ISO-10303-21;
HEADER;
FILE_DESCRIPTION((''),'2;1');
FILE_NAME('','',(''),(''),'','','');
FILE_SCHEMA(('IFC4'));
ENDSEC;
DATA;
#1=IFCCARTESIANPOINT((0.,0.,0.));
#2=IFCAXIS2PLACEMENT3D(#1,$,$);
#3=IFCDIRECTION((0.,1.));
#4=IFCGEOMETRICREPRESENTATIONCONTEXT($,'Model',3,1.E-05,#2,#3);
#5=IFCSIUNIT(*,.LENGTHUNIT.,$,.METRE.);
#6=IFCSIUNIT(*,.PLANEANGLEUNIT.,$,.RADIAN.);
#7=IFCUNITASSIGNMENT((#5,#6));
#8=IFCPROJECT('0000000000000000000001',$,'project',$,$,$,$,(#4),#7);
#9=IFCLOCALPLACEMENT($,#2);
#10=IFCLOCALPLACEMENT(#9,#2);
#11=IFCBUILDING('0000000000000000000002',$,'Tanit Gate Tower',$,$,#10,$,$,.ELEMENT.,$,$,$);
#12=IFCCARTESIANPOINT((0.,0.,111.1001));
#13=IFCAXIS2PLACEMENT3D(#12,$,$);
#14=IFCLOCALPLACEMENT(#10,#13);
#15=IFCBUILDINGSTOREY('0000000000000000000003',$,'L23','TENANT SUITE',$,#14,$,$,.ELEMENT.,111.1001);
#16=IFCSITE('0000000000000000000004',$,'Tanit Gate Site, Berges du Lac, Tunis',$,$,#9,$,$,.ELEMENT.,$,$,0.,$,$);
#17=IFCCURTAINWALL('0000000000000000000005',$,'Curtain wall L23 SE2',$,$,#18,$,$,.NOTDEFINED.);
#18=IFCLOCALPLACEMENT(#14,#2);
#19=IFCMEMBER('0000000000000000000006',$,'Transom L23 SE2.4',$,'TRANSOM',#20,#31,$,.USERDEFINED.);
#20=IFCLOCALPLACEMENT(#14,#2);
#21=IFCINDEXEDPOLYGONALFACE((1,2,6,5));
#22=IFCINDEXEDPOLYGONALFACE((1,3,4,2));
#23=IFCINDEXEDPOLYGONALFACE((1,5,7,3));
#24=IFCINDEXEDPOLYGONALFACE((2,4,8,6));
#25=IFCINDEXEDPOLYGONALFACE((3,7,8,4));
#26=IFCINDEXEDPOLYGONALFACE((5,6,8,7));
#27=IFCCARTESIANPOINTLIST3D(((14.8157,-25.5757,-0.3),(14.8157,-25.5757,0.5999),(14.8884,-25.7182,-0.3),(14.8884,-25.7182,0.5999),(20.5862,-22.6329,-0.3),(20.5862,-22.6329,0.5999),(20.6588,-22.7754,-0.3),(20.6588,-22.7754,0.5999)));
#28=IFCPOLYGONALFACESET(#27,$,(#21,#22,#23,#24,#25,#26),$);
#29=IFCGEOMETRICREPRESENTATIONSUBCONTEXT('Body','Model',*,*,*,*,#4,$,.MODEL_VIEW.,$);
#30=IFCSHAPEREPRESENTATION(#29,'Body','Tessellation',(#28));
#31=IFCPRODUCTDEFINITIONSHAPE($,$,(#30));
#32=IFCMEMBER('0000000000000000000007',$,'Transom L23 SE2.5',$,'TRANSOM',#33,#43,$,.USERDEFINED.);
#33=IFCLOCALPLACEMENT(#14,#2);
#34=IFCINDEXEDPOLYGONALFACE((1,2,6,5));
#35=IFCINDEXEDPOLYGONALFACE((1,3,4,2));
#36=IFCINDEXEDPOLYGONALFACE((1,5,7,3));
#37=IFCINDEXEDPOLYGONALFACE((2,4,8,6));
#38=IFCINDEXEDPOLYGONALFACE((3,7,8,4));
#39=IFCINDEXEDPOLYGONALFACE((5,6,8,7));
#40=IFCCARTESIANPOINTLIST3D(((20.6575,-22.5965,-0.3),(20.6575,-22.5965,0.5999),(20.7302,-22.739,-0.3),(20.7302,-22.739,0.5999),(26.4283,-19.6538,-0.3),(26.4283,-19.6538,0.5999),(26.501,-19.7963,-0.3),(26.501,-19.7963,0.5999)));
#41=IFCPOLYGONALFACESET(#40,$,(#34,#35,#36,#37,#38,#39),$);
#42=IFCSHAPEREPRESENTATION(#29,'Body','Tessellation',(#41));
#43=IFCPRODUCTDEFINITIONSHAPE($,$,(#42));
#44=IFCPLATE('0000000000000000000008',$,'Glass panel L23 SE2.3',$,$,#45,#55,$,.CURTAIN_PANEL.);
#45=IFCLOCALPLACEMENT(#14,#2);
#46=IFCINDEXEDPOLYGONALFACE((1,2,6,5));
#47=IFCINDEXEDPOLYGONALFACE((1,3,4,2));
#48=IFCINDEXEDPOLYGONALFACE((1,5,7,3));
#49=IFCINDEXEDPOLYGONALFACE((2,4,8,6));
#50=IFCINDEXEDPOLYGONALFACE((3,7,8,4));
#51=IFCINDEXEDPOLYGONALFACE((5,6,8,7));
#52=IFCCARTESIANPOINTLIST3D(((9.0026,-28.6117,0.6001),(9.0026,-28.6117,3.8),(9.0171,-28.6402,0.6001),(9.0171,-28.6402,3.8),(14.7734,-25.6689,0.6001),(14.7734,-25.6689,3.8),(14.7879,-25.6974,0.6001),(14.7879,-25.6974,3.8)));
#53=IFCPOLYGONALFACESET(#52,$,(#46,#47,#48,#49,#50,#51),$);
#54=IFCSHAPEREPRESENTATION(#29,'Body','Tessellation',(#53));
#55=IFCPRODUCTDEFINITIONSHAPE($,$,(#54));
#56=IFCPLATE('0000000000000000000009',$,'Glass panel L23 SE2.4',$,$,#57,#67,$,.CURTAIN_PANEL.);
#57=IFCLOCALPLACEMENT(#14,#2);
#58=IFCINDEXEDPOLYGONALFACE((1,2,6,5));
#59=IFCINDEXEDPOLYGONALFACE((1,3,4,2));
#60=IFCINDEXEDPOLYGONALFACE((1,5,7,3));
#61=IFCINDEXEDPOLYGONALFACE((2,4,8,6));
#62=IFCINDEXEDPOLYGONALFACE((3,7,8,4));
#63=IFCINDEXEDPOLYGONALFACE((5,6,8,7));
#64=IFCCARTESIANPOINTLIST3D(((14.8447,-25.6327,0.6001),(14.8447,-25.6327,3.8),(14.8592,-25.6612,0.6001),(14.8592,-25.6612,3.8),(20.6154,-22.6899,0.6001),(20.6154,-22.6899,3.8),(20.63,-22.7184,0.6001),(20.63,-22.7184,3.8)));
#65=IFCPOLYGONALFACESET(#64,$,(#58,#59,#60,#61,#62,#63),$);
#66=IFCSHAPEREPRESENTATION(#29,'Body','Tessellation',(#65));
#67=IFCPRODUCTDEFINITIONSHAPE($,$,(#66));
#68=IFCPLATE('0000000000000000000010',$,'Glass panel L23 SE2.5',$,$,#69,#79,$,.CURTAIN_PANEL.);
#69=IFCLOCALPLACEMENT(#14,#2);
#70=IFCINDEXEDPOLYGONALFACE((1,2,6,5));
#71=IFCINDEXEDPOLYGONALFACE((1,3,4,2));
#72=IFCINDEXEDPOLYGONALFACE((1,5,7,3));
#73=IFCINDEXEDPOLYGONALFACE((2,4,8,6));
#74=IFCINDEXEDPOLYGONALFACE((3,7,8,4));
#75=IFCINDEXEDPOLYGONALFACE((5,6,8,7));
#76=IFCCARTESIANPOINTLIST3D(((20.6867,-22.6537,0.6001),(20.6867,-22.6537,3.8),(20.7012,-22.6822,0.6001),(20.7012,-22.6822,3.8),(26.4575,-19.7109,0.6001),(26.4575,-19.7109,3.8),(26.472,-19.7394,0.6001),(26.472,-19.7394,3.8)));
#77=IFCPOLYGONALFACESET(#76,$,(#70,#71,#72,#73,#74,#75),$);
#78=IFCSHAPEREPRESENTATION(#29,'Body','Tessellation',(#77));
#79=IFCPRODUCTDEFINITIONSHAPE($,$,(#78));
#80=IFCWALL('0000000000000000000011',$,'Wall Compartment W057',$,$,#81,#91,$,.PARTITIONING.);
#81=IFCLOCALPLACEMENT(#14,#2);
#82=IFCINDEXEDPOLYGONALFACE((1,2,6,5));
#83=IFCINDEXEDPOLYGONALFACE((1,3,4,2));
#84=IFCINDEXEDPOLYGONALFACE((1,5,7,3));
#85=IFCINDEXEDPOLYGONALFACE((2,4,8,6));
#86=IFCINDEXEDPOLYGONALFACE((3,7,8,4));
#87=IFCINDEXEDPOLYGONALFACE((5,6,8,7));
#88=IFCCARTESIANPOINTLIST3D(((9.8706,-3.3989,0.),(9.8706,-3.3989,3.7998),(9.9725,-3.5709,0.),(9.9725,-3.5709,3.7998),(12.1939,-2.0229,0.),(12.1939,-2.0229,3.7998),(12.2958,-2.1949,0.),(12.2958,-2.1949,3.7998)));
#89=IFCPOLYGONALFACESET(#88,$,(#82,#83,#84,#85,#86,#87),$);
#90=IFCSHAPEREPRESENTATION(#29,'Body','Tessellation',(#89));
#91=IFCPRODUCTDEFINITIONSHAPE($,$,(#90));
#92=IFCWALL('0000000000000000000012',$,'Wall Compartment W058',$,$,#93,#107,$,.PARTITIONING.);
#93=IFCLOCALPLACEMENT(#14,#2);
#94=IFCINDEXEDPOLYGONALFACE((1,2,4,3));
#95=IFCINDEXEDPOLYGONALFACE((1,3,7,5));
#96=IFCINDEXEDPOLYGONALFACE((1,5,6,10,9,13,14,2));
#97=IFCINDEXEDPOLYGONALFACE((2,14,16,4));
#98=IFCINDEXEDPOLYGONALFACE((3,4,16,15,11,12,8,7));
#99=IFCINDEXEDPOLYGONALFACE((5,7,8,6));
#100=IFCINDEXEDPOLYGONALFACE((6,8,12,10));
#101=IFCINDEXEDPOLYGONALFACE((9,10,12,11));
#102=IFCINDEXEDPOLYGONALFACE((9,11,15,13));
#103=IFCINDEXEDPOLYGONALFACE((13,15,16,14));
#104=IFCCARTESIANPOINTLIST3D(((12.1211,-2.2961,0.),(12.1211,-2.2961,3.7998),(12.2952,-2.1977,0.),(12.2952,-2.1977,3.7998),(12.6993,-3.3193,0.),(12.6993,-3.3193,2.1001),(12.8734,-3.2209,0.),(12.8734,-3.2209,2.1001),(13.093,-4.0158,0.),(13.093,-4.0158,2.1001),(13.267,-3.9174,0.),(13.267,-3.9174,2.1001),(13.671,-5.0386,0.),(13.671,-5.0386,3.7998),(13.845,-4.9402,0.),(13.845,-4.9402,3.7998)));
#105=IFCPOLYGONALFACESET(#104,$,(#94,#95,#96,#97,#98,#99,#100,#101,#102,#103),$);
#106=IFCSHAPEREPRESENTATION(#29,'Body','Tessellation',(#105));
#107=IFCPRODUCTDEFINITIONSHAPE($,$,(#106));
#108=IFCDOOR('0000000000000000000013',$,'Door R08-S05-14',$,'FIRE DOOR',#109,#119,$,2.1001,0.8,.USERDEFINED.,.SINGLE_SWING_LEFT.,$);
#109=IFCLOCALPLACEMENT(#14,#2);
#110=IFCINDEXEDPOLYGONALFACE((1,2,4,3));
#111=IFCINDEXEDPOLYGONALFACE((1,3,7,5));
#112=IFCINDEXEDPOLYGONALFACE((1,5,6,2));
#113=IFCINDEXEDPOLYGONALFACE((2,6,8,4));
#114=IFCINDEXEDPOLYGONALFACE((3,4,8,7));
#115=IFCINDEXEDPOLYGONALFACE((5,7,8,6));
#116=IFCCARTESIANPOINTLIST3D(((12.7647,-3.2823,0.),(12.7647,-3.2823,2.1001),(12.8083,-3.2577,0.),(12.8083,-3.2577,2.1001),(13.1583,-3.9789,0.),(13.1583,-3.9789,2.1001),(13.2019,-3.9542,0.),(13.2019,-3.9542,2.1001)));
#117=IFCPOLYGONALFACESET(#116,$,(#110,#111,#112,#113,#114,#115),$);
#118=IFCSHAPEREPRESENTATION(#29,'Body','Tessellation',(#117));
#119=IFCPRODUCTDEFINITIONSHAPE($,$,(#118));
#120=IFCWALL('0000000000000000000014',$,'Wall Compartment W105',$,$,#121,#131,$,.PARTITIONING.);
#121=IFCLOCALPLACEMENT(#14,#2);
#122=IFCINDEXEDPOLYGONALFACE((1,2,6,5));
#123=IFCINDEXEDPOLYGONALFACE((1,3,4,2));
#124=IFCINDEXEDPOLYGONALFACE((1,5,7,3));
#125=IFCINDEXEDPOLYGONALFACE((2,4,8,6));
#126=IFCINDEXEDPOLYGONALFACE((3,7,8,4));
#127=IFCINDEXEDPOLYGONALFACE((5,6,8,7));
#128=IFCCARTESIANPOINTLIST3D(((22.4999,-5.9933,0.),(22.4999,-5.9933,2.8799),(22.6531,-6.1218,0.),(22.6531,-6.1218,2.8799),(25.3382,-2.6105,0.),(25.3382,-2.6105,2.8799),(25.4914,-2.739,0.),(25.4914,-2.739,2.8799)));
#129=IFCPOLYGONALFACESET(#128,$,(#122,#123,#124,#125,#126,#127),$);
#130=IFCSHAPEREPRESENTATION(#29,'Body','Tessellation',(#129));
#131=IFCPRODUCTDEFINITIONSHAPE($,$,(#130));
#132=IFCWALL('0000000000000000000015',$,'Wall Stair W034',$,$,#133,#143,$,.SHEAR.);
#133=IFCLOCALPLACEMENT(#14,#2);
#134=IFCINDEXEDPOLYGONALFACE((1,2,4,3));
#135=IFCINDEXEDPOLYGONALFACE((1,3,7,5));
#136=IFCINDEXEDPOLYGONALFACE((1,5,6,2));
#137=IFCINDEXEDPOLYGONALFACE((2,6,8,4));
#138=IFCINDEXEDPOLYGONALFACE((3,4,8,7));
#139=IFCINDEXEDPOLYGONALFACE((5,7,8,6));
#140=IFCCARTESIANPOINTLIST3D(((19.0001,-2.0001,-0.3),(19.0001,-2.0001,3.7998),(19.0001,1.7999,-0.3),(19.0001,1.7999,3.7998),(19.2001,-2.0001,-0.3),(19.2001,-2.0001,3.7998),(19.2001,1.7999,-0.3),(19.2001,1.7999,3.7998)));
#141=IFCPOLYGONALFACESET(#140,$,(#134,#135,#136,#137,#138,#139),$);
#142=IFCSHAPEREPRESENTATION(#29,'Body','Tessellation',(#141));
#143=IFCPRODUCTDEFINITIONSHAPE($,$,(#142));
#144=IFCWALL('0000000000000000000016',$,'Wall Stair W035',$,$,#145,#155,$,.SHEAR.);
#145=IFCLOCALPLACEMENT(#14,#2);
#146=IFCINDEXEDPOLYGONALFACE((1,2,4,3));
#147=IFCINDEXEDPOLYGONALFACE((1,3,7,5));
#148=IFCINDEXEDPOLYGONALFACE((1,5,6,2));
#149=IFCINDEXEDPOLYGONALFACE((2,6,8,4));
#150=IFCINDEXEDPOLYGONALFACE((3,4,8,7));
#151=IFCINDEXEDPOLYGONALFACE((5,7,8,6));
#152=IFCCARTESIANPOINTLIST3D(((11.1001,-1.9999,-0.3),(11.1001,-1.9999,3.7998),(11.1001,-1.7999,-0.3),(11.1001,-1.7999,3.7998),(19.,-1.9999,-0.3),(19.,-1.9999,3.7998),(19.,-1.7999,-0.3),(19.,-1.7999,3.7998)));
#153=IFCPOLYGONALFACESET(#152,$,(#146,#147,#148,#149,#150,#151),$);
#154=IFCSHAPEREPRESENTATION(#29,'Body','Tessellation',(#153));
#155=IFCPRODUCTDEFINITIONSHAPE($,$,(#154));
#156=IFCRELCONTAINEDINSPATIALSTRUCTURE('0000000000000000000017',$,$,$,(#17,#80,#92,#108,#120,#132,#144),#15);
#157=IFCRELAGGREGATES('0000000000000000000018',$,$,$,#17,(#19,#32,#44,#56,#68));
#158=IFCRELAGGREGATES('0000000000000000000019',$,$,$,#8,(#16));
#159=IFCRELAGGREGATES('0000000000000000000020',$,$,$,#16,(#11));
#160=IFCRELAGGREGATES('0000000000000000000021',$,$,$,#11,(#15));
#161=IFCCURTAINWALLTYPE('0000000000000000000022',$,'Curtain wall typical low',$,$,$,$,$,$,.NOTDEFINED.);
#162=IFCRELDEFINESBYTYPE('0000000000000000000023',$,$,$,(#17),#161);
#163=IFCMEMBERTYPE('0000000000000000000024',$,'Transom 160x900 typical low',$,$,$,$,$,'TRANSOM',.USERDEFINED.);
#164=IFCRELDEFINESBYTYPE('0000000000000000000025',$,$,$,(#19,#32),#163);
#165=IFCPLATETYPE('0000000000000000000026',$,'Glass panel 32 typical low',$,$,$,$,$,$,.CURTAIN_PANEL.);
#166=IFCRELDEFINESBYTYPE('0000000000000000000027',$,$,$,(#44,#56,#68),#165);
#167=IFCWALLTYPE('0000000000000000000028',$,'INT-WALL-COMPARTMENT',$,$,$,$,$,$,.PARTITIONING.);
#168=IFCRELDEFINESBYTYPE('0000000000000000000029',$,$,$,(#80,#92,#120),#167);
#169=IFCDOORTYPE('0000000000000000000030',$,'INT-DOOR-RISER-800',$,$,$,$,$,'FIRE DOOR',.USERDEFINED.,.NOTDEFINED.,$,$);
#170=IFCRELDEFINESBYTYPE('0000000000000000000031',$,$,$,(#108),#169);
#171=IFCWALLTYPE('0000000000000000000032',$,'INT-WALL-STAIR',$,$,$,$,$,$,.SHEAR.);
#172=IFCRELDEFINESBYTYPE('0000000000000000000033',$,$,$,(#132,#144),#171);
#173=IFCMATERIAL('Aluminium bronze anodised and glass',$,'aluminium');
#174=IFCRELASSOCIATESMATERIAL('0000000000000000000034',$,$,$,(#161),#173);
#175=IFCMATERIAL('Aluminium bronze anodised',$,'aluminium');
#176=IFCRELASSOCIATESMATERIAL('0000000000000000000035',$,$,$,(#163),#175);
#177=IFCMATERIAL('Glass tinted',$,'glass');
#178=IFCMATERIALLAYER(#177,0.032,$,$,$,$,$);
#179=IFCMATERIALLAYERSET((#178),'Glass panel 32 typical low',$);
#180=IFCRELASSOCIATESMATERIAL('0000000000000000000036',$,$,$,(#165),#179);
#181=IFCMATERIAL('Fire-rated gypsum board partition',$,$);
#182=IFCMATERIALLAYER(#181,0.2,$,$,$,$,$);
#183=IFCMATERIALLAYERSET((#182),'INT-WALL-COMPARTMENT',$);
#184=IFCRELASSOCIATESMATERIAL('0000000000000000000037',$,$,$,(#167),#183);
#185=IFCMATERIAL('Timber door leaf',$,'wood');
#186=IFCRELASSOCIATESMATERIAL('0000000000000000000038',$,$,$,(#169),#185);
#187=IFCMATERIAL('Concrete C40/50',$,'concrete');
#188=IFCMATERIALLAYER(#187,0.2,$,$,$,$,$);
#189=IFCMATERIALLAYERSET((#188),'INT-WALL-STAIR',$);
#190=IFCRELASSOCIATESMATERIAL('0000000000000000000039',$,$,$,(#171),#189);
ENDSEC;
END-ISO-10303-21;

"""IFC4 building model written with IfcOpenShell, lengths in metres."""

from ifc_helpers import new_model, si_unit, direction, frame, frame_2d, origin, origin_2d, place, context, subcontext, project, spatial, rectangle, extrude, material, layer, layer_set, material_profile, profile_set, type_object, element, fill, aggregate, save


model = new_model("IFC4")

# Units and contexts
model_context = context("Model", 3, precision=1e-05, world=origin(), true_north=direction((0.0, 1.0)))
body_context = subcontext(model_context, "Body", "Model", "MODEL_VIEW")
ifc_project = project(units=[si_unit("LENGTHUNIT", "METRE"), si_unit("PLANEANGLEUNIT", "RADIAN")], contexts=[model_context])

# Site, building, storey
site_placement = place(None, origin())
site = spatial("IfcSite", under=ifc_project, at=site_placement, Name="Tanit Gate Site, Berges du Lac, Tunis", CompositionType="ELEMENT", RefElevation=0.0)
building_placement = place(site_placement, origin())
building = spatial("IfcBuilding", under=site, at=building_placement, Name="Tanit Gate Tower", CompositionType="ELEMENT")
storey_placement = place(building_placement, frame((0.0, 0.0, 111.1001)))
storey = spatial("IfcBuildingStorey", under=building, at=storey_placement, Name="L23", Description="TENANT SUITE", CompositionType="ELEMENT", Elevation=111.1001)

# Curtain wall
ifc_material_1 = material(Name="Aluminium bronze anodised and glass", Category="aluminium")
curtain_wall_type = type_object("IfcCurtainWallType", Name="Curtain wall typical low", PredefinedType="NOTDEFINED", material=ifc_material_1)
curtain_wall_placement = place(storey_placement, origin())
curtain_wall = element("IfcCurtainWall", 1, at=curtain_wall_placement, inside=storey, type_object=curtain_wall_type, Name="Curtain wall L23 SE2", PredefinedType="NOTDEFINED")

# Members
ifc_material_2 = material(Name="Aluminium bronze anodised", Category="aluminium")
ifc_material_profile_1 = material_profile(ifc_material_2, rectangle(XDim=0.1599, YDim=0.8999, at=origin_2d()), Name="160x900 bronze transom")
ifc_profile_set_1 = profile_set([ifc_material_profile_1], Name="Aluminium bronze anodised")
member_type_1 = type_object("IfcMemberType", Name="Transom 160x900 typical low", ElementType="TRANSOM", PredefinedType="USERDEFINED", material=ifc_profile_set_1)
member_1_placement = place(storey_placement, frame((14.8521, -25.647, 0.1499), z_axis=(0.890841, 0.454315, 0.0), x_axis=(-0.454315, 0.890841, 0.0)))
member_1 = element("IfcMember", 2, at=member_1_placement, type_object=member_type_1, Name="Transom L23 SE2.4", ObjectType="TRANSOM", PredefinedType="USERDEFINED", context=body_context, shape_type="SweptSolid", body=[
    extrude(rectangle(XDim=0.1599, YDim=0.8999, at=origin_2d()), origin(), (0.0, 0.0, 1.0), 6.4775),
])
member_2_placement = place(storey_placement, frame((20.6938, -22.6677, 0.1499), z_axis=(0.890864, 0.45427, 0.0), x_axis=(-0.45427, 0.890864, 0.0)))
member_2 = element("IfcMember", 3, at=member_2_placement, type_object=member_type_1, Name="Transom L23 SE2.5", ObjectType="TRANSOM", PredefinedType="USERDEFINED", context=body_context, shape_type="SweptSolid", body=[
    extrude(rectangle(XDim=0.1599, YDim=0.8999, at=origin_2d()), origin(), (0.0, 0.0, 1.0), 6.4778),
])

# Plates
ifc_material_3 = material(Name="Glass tinted", Category="glass")
ifc_layer_1 = layer(ifc_material_3, 0.032)
ifc_layer_set_1 = layer_set([ifc_layer_1], Name="Glass panel 32 typical low")
plate_type = type_object("IfcPlateType", Name="Glass panel 32 typical low", PredefinedType="CURTAIN_PANEL", material=ifc_layer_set_1)
plate_1_placement = place(storey_placement, frame((11.8953, -27.1545, 0.6001), z_axis=(0.0, 0.0, 1.0), x_axis=(0.890855, 0.454288, 0.0)))
plate_1 = element("IfcPlate", 4, at=plate_1_placement, type_object=plate_type, Name="Glass panel L23 SE2.3", PredefinedType="CURTAIN_PANEL", context=body_context, shape_type="SweptSolid", body=[
    extrude(rectangle(XDim=6.4778, YDim=0.032, at=origin_2d()), origin(), (0.0, 0.0, 1.0), 3.2),
])
plate_2_placement = place(storey_placement, frame((17.7373, -24.1755, 0.6001), z_axis=(0.0, 0.0, 1.0), x_axis=(0.890855, 0.454288, 0.0)))
plate_2 = element("IfcPlate", 5, at=plate_2_placement, type_object=plate_type, Name="Glass panel L23 SE2.4", PredefinedType="CURTAIN_PANEL", context=body_context, shape_type="SweptSolid", body=[
    extrude(rectangle(XDim=6.4778, YDim=0.032, at=origin_2d()), origin(), (0.0, 0.0, 1.0), 3.2),
])
plate_3_placement = place(storey_placement, frame((23.5793, -21.1965, 0.6001), z_axis=(0.0, 0.0, 1.0), x_axis=(0.890855, 0.454288, 0.0)))
plate_3 = element("IfcPlate", 6, at=plate_3_placement, type_object=plate_type, Name="Glass panel L23 SE2.5", PredefinedType="CURTAIN_PANEL", context=body_context, shape_type="SweptSolid", body=[
    extrude(rectangle(XDim=6.4778, YDim=0.032, at=origin_2d()), origin(), (0.0, 0.0, 1.0), 3.2),
])
aggregate(curtain_wall, [member_1, member_2, plate_1, plate_2, plate_3])

# Wall
ifc_material_4 = material(Name="Fire-rated gypsum board partition")
ifc_layer_2 = layer(ifc_material_4, 0.2)
ifc_layer_set_2 = layer_set([ifc_layer_2], Name="INT-WALL-COMPARTMENT")
wall_type_1 = type_object("IfcWallType", Name="INT-WALL-COMPARTMENT", PredefinedType="PARTITIONING", material=ifc_layer_set_2)
wall_1_placement = place(storey_placement, frame((12.2449, -2.1089, 0.0), z_axis=(0.0, 0.0, 1.0), x_axis=(-0.860415, -0.509594, 0.0)))
element("IfcWall", 7, at=wall_1_placement, inside=storey, type_object=wall_type_1, Name="Wall Compartment W057", PredefinedType="PARTITIONING", context=body_context, shape_type="SweptSolid", body=[
    extrude(rectangle(XDim=2.7002, YDim=0.2, at=frame_2d((1.3501, 0.0))), origin(), (0.0, 0.0, 1.0), 3.7998),
])

# Wall, opening, door
wall_2_placement = place(storey_placement, frame((13.7581, -4.9895, 0.0), z_axis=(0.0, 0.0, 1.0), x_axis=(-0.491993, 0.870599, 0.0)))
wall_2 = element("IfcWall", 8, at=wall_2_placement, inside=storey, type_object=wall_type_1, Name="Wall Compartment W058", PredefinedType="PARTITIONING", context=body_context, shape_type="SweptSolid", body=[
    extrude(rectangle(XDim=3.1501, YDim=0.2, at=frame_2d((1.5752, 0.0))), origin(), (0.0, 0.0, 1.0), 3.7998),
])
opening_1_placement = place(wall_2_placement, frame((1.175, 0.0, 0.0)))
opening_1 = element("IfcOpeningElement", 9, at=opening_1_placement, cuts=wall_2, PredefinedType="OPENING", context=body_context, shape_type="SweptSolid", body=[
    extrude(rectangle(XDim=0.8, YDim=2.1001, at=frame_2d((0.3999, 1.05))), frame((0.0, 0.1099, 0.0), z_axis=(0.0, -1.0, 0.0), x_axis=(1.0, 0.0, 0.0)), (0.0, 0.0, 1.0), 0.22),
])
ifc_material_5 = material(Name="Timber door leaf", Category="wood")
door_type_1 = type_object("IfcDoorType", Name="INT-DOOR-RISER-800", ElementType="FIRE DOOR", OperationType="NOTDEFINED", PredefinedType="USERDEFINED", material=ifc_material_5)
door_1_placement = place(opening_1_placement, origin())
door_1 = element("IfcDoor", 10, at=door_1_placement, inside=storey, type_object=door_type_1, Name="Door R08-S05-14", ObjectType="FIRE DOOR", OperationType="SINGLE_SWING_LEFT", OverallHeight=2.1001, OverallWidth=0.8, PredefinedType="USERDEFINED", context=body_context, shape_type="SweptSolid", body=[
    extrude(rectangle(XDim=0.8, YDim=2.1001, at=frame_2d((0.3999, 1.05))), frame((0.0, 0.0249, 0.0), z_axis=(0.0, -1.0, 0.0), x_axis=(1.0, 0.0, 0.0)), (0.0, 0.0, 1.0), 0.05),
])
fill(opening_1, door_1)

# Walls
wall_3_placement = place(storey_placement, frame((22.5764, -6.0576, 0.0), z_axis=(0.0, 0.0, 1.0), x_axis=(0.642769, 0.76606, 0.0)))
element("IfcWall", 11, at=wall_3_placement, inside=storey, type_object=wall_type_1, Name="Wall Compartment W105", PredefinedType="PARTITIONING", context=body_context, shape_type="SweptSolid", body=[
    extrude(rectangle(XDim=4.4158, YDim=0.2, at=frame_2d((2.208, 0.0))), origin(), (0.0, 0.0, 1.0), 2.8799),
])
ifc_material_6 = material(Name="Concrete C40/50", Category="concrete")
ifc_layer_3 = layer(ifc_material_6, 0.2)
ifc_layer_set_3 = layer_set([ifc_layer_3], Name="INT-WALL-STAIR")
wall_type_2 = type_object("IfcWallType", Name="INT-WALL-STAIR", PredefinedType="SHEAR", material=ifc_layer_set_3)
wall_4_placement = place(storey_placement, frame((19.1001, -2.0, -0.3), z_axis=(0.0, 0.0, 1.0), x_axis=(0.0, 1.0, 0.0)))
element("IfcWall", 12, at=wall_4_placement, inside=storey, type_object=wall_type_2, Name="Wall Stair W034", PredefinedType="SHEAR", context=body_context, shape_type="SweptSolid", body=[
    extrude(rectangle(XDim=3.8, YDim=0.2, at=frame_2d((1.8999, 0.0))), origin(), (0.0, 0.0, 1.0), 4.0999),
])
wall_5_placement = place(storey_placement, frame((11.1001, -1.8999, -0.3), z_axis=(0.0, 0.0, 1.0), x_axis=(1.0, 0.0, 0.0)))
element("IfcWall", 13, at=wall_5_placement, inside=storey, type_object=wall_type_2, Name="Wall Stair W035", PredefinedType="SHEAR", context=body_context, shape_type="SweptSolid", body=[
    extrude(rectangle(XDim=7.8999, YDim=0.2, at=frame_2d((3.95, 0.0))), origin(), (0.0, 0.0, 1.0), 4.0999),
])

save(model, "model.ifc")
